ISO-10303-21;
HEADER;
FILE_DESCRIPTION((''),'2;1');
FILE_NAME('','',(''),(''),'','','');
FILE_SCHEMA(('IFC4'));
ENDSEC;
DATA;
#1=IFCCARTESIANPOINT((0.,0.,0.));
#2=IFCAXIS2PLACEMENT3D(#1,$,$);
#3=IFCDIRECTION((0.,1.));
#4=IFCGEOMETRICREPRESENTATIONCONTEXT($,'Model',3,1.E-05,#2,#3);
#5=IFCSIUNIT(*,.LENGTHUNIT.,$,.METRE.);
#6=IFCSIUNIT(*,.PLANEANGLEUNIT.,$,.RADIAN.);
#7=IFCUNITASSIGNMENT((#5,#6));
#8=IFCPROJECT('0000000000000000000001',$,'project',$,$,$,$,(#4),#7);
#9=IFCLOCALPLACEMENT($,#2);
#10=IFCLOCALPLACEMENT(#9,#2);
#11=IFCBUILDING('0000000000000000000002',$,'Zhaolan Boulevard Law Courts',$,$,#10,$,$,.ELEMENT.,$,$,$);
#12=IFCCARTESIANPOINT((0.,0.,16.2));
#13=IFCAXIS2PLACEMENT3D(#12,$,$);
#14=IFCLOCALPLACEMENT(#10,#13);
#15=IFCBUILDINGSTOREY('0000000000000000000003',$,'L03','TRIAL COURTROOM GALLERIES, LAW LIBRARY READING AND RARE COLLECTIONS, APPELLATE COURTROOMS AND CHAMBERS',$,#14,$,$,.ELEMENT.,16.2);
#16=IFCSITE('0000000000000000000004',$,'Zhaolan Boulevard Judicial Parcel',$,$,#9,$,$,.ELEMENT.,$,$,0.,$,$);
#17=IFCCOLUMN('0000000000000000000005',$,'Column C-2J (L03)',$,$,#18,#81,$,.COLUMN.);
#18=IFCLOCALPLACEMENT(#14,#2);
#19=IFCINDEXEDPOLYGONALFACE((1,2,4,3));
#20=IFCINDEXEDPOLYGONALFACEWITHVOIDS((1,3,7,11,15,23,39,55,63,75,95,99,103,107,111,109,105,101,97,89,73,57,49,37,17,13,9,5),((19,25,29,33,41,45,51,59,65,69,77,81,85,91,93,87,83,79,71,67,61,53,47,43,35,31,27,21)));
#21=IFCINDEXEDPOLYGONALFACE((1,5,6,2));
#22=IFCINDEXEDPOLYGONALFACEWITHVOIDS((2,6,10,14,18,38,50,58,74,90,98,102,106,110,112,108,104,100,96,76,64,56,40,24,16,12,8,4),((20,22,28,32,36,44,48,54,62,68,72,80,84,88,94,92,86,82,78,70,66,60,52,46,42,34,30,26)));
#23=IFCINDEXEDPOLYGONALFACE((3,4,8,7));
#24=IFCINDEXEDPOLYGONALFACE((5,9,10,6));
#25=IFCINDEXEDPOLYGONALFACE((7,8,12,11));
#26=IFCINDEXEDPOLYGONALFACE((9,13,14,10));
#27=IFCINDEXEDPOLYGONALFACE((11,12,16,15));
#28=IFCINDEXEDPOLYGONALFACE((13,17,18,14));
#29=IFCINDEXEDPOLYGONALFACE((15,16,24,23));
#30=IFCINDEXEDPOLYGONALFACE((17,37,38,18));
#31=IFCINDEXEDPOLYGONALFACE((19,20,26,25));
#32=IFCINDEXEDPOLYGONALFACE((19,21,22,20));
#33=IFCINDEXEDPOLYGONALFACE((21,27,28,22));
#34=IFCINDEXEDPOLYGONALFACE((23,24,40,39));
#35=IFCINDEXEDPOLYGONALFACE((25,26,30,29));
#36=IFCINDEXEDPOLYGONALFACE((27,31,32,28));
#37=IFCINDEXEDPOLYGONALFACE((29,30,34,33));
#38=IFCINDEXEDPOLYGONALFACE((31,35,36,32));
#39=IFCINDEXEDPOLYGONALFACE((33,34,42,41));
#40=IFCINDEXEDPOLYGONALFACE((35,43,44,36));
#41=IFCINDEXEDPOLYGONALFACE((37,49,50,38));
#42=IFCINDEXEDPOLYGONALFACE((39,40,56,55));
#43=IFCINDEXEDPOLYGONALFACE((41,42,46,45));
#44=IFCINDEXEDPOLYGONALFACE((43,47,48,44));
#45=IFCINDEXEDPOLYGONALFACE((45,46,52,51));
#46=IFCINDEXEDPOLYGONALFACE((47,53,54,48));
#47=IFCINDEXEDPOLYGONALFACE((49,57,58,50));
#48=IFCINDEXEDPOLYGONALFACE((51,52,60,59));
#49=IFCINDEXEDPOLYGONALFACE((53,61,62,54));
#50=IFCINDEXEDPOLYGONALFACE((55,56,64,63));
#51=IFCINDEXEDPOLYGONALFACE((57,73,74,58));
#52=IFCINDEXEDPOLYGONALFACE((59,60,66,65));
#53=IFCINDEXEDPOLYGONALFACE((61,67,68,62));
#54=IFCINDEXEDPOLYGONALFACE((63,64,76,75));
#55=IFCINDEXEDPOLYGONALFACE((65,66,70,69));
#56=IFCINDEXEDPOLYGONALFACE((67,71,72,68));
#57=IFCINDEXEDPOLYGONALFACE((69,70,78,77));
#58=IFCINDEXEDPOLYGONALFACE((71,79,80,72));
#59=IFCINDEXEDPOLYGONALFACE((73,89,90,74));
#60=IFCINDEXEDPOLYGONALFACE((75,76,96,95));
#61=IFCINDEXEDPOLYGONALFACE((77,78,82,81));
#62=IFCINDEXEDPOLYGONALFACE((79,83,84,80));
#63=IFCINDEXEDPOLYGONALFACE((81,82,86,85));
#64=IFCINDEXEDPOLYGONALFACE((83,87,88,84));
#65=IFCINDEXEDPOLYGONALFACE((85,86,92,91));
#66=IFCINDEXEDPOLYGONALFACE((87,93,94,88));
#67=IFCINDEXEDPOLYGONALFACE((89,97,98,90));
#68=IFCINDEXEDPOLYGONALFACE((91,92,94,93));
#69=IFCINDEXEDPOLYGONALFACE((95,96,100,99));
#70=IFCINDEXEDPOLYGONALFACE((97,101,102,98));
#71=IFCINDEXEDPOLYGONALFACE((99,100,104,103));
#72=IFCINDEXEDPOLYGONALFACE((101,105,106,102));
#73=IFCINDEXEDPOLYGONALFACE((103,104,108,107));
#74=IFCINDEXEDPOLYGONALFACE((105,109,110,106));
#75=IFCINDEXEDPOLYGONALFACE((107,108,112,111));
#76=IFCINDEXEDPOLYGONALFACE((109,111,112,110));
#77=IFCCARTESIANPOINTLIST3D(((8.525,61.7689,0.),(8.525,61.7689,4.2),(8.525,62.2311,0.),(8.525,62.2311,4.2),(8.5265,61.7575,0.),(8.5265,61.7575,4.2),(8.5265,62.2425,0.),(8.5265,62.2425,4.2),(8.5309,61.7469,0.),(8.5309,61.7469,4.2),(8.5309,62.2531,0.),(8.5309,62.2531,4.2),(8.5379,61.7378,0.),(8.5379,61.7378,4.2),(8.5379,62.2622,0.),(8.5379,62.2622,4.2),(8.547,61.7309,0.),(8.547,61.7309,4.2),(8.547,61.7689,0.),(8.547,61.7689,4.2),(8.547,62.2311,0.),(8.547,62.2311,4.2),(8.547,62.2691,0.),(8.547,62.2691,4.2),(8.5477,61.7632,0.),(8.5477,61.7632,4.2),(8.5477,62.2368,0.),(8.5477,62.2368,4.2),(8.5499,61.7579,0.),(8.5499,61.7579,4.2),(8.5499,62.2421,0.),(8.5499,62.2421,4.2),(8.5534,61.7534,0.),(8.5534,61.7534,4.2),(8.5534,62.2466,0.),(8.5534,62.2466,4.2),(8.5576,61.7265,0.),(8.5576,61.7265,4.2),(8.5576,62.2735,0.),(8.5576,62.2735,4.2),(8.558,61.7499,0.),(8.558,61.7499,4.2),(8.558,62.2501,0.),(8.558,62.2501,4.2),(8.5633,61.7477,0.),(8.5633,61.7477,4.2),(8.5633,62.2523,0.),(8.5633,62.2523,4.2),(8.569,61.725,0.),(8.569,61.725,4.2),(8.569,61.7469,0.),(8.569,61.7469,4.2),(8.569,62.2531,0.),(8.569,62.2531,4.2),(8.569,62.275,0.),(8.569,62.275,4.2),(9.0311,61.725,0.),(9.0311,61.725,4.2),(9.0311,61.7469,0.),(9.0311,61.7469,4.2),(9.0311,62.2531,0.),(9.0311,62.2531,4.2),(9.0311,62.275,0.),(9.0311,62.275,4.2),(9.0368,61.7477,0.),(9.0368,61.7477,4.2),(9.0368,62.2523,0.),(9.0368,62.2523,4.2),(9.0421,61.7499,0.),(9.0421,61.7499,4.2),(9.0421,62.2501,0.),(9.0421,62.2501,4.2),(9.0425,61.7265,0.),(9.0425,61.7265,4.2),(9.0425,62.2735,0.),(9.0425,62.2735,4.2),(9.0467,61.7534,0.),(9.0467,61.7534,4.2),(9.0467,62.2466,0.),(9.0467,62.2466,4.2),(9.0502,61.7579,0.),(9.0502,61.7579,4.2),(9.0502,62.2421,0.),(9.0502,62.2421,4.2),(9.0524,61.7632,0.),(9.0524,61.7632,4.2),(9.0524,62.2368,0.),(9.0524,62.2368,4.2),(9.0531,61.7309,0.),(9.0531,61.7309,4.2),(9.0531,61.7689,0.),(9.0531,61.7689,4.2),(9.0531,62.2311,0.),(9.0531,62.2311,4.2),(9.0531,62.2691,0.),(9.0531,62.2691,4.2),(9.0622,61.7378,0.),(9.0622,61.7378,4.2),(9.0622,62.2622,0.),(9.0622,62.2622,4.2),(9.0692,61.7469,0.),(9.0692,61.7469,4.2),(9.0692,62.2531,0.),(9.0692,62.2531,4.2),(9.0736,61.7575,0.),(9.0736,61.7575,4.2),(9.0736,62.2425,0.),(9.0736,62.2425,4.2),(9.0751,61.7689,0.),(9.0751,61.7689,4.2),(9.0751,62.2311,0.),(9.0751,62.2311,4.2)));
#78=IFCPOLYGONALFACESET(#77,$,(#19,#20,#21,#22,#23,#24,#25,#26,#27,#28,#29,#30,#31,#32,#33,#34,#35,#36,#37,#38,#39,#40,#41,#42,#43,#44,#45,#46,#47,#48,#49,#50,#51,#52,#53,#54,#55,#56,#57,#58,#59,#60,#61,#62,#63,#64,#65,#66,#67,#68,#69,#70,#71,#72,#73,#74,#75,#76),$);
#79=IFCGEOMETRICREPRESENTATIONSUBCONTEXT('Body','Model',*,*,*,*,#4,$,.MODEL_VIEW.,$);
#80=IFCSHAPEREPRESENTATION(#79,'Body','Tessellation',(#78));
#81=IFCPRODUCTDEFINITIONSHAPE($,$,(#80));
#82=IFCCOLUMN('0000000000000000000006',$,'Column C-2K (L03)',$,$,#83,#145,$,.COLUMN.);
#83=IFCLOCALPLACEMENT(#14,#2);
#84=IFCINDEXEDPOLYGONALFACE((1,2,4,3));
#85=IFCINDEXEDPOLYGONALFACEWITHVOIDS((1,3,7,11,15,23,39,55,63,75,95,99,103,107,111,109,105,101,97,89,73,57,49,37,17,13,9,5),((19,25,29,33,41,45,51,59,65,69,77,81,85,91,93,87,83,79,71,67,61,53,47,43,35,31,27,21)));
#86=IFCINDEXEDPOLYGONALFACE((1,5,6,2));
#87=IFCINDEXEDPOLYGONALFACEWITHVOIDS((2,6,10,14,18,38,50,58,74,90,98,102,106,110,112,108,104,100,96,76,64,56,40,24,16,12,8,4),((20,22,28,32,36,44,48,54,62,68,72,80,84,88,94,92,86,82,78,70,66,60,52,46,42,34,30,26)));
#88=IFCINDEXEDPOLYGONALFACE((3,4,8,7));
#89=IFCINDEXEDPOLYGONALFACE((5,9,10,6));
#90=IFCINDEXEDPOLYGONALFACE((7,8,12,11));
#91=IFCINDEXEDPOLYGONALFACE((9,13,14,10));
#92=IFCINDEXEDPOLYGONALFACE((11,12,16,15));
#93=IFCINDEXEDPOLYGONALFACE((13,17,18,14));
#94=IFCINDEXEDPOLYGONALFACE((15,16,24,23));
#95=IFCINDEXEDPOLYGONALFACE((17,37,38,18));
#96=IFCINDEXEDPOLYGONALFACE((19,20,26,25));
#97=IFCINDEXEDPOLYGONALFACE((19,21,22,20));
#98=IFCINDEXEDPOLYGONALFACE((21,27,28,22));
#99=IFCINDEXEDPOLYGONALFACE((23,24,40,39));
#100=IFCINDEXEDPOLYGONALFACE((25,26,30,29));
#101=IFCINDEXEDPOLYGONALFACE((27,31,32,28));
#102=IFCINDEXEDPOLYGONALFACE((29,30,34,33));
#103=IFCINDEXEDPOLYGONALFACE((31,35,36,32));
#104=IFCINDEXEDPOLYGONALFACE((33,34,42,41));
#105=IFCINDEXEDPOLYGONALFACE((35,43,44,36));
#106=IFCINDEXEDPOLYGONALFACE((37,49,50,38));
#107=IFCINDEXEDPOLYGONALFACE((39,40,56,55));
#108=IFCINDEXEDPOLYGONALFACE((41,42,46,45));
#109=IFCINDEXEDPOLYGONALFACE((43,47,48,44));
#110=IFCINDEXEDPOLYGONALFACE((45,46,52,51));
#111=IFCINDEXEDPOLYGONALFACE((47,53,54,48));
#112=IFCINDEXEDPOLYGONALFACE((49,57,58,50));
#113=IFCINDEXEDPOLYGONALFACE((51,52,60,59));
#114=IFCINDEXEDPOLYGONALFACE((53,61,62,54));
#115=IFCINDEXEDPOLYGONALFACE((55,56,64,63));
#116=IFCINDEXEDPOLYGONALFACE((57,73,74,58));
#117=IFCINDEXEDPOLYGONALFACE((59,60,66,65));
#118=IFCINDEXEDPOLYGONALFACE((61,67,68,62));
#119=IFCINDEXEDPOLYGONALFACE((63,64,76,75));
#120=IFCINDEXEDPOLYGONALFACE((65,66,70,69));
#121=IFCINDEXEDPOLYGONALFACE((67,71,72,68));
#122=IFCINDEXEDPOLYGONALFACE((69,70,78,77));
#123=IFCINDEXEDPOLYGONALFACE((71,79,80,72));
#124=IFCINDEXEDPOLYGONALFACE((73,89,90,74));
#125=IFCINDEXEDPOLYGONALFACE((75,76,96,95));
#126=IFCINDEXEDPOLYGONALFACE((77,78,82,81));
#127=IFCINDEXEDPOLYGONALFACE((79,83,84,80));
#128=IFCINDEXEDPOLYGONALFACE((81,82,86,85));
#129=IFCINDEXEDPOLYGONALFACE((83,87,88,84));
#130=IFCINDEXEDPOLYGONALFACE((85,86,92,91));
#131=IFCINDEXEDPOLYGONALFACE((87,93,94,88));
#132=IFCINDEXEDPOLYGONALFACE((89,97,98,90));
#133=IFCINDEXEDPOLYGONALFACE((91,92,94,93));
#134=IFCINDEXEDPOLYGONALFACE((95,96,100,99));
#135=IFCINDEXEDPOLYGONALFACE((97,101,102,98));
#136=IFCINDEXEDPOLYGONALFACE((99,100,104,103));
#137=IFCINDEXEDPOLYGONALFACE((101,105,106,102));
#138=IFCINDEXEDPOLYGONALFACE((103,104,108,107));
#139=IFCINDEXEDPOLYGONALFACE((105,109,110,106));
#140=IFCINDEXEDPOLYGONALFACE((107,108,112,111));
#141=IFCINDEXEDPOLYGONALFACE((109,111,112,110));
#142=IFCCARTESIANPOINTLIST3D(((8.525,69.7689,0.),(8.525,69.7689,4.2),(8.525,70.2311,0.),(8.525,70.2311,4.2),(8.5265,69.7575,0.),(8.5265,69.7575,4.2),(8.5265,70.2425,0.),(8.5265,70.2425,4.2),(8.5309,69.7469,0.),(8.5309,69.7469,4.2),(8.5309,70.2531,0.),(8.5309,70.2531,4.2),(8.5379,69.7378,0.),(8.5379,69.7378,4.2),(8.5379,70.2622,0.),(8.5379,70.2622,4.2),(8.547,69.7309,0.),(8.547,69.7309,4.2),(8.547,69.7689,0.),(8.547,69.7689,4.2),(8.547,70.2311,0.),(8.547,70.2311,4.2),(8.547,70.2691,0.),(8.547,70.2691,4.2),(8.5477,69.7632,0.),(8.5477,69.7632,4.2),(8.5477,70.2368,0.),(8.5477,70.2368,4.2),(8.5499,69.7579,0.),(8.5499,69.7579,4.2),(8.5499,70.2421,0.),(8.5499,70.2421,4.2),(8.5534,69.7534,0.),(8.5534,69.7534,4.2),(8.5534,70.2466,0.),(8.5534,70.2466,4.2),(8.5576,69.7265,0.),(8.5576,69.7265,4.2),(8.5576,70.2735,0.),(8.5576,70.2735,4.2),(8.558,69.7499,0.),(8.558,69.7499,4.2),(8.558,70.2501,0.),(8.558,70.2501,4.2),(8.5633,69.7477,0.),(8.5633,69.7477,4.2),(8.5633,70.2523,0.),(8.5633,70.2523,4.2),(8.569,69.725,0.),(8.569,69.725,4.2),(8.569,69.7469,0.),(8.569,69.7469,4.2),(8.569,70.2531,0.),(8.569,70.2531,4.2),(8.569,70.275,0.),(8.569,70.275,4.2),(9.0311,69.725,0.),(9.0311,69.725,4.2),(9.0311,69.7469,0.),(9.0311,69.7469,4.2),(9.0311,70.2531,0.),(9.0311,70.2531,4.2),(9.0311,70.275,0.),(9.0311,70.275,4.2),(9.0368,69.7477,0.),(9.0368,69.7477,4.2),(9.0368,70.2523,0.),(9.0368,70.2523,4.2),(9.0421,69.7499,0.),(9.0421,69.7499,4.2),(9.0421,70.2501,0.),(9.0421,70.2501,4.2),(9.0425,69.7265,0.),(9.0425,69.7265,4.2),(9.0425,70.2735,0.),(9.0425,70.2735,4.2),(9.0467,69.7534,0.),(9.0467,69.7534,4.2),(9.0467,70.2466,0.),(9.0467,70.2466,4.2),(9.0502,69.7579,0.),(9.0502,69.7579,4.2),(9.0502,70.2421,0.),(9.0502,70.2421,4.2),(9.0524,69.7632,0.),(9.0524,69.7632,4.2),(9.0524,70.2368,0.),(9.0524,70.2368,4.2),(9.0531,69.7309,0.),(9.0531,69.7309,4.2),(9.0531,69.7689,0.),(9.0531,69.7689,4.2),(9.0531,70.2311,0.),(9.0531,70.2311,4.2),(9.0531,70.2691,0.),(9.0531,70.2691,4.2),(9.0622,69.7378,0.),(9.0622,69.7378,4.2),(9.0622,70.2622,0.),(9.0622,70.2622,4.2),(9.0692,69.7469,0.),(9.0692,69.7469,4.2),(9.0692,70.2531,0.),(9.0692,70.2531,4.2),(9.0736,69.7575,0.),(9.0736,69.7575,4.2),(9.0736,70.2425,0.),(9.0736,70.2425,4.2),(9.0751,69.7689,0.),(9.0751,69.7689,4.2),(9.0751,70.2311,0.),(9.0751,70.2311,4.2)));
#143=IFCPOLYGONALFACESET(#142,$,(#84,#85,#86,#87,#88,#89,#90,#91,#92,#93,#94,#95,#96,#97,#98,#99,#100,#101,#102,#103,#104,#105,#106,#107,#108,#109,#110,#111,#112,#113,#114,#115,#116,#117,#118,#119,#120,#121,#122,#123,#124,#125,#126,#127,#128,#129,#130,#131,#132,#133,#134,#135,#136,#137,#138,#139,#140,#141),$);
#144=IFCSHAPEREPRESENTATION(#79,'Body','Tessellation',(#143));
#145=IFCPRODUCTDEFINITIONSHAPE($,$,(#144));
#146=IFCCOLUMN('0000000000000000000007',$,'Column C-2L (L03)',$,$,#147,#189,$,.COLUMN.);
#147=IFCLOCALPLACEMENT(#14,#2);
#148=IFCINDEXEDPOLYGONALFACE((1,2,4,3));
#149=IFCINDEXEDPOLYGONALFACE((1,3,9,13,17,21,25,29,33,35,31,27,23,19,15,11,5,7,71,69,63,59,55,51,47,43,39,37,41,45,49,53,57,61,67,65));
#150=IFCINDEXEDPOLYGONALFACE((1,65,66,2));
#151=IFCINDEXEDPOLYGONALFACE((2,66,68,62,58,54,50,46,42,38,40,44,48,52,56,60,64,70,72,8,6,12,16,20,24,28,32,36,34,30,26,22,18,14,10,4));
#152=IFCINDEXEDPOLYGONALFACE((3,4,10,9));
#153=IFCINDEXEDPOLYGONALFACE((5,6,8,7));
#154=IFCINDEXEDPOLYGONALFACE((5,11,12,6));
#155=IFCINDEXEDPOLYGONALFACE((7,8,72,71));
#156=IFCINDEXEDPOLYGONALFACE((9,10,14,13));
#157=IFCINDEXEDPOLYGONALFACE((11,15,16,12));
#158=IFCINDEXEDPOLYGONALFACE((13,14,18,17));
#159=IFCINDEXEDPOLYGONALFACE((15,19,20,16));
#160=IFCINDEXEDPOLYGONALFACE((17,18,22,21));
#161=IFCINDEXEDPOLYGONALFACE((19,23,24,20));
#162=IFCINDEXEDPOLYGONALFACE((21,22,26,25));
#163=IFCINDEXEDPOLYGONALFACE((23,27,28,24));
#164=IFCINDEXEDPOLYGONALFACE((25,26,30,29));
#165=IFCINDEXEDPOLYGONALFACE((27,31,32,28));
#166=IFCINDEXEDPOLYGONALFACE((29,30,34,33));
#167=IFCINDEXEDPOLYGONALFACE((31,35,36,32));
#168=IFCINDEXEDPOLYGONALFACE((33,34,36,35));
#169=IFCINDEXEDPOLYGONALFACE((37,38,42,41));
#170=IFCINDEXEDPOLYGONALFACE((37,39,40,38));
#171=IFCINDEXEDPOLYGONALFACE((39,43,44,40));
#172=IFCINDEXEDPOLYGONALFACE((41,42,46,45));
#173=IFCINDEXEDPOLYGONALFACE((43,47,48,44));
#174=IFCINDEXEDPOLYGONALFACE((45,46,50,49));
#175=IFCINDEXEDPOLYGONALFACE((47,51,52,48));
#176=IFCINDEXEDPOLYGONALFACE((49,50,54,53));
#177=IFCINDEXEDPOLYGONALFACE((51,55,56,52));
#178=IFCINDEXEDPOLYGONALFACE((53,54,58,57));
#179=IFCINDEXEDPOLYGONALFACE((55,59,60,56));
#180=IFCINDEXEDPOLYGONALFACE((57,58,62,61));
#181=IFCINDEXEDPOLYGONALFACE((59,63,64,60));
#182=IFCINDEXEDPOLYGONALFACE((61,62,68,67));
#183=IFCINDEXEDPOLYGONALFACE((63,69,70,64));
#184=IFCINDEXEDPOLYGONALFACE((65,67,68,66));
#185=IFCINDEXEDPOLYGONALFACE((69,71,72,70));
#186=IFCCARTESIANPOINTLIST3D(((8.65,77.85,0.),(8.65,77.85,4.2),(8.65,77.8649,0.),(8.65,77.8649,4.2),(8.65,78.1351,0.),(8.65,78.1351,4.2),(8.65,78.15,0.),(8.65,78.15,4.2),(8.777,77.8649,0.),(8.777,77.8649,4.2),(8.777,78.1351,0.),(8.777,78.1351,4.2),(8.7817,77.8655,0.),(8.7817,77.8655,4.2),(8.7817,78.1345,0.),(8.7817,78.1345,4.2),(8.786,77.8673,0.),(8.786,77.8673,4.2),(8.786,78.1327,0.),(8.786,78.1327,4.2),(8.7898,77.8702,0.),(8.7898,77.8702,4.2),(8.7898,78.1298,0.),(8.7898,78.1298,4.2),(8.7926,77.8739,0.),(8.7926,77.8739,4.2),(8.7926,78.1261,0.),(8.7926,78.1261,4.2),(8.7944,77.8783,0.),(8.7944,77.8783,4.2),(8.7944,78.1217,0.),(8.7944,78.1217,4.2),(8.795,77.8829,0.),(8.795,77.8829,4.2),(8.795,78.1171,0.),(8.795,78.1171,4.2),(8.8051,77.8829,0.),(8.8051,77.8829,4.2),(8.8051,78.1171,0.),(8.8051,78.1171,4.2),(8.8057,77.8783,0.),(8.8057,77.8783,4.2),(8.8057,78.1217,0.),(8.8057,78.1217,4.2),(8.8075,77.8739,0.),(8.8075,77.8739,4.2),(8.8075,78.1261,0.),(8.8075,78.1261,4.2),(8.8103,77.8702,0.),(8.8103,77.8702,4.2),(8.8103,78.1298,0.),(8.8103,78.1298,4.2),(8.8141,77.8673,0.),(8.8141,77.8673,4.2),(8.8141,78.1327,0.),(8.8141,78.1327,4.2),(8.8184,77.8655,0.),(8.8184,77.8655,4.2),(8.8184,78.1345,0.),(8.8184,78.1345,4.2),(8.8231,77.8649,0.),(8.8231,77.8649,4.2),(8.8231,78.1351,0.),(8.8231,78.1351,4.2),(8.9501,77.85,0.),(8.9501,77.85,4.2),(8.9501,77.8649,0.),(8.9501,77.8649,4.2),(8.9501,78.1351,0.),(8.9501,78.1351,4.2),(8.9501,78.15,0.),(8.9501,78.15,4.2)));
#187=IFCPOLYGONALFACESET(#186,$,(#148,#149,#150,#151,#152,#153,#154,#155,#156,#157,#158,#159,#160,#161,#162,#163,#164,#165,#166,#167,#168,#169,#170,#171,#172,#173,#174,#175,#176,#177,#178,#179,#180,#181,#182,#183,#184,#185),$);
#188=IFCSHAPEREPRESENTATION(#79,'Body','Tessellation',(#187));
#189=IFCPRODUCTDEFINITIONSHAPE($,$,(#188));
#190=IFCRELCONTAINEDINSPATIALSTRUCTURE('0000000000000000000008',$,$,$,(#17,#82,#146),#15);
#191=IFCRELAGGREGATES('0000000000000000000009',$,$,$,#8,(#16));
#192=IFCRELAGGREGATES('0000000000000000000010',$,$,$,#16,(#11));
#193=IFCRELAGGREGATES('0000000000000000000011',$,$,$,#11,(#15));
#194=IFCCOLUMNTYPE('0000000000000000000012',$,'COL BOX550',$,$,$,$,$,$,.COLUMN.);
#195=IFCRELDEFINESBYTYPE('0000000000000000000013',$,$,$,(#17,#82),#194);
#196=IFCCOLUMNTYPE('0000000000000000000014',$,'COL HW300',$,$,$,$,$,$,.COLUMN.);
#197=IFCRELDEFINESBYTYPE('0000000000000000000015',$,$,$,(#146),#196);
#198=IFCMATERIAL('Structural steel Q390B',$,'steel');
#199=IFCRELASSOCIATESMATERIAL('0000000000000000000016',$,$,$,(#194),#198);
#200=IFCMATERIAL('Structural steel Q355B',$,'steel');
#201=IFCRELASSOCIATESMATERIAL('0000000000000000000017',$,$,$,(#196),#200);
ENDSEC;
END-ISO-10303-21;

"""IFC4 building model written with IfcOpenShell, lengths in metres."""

from ifc_helpers import new_model, si_unit, direction, frame, origin, origin_2d, place, context, subcontext, project, spatial, hollow_rectangle, i_section, extrude, material, material_profile, profile_set, type_object, element, save


model = new_model("IFC4")

# Units and contexts
model_context = context("Model", 3, precision=1e-05, world=origin(), true_north=direction((0.0, 1.0)))
body_context = subcontext(model_context, "Body", "Model", "MODEL_VIEW")
ifc_project = project(units=[si_unit("LENGTHUNIT", "METRE"), si_unit("PLANEANGLEUNIT", "RADIAN")], contexts=[model_context])

# Site, building, storey
site_placement = place(None, origin())
site = spatial("IfcSite", under=ifc_project, at=site_placement, Name="Zhaolan Boulevard Judicial Parcel", CompositionType="ELEMENT", RefElevation=0.0)
building_placement = place(site_placement, origin())
building = spatial("IfcBuilding", under=site, at=building_placement, Name="Zhaolan Boulevard Law Courts", CompositionType="ELEMENT")
storey_placement = place(building_placement, frame((0.0, 0.0, 16.2)))
storey = spatial("IfcBuildingStorey", under=building, at=storey_placement, Name="L03", Description="TRIAL COURTROOM GALLERIES, LAW LIBRARY READING AND RARE COLLECTIONS, APPELLATE COURTROOMS AND CHAMBERS", CompositionType="ELEMENT", Elevation=16.2)

# Columns
ifc_material_1 = material(Name="Structural steel Q390B", Category="steel")
ifc_material_profile_1 = material_profile(ifc_material_1, hollow_rectangle(XDim=0.55, YDim=0.55, WallThickness=0.022, InnerFilletRadius=0.022, OuterFilletRadius=0.0439, at=origin_2d()), Name="BOX550x550x22")
ifc_profile_set_1 = profile_set([ifc_material_profile_1], Name="Structural steel Q390B")
column_type_1 = type_object("IfcColumnType", Name="COL BOX550", PredefinedType="COLUMN", material=ifc_profile_set_1)
for number, where, z_axis, x_axis, name in (
    (1, (8.8, 62.0, 0.0), (0.0, 0.0, 1.0), (1.0, 0.0, 0.0), "Column C-2J (L03)"),
    (2, (8.8, 70.0, 0.0), (0.0, 0.0, 1.0), (1.0, 0.0, 0.0), "Column C-2K (L03)"),
):
    element("IfcColumn", number, at=place(storey_placement, frame(where, z_axis=z_axis, x_axis=x_axis)), inside=storey, type_object=column_type_1, Name=name, PredefinedType="COLUMN", context=body_context, shape_type="SweptSolid", body=[
        extrude(hollow_rectangle(XDim=0.55, YDim=0.55, WallThickness=0.022, InnerFilletRadius=0.022, OuterFilletRadius=0.0439, at=origin_2d()), origin(), (0.0, 0.0, 1.0), 4.2),
    ])
ifc_material_2 = material(Name="Structural steel Q355B", Category="steel")
ifc_material_profile_2 = material_profile(ifc_material_2, i_section(OverallWidth=0.3, OverallDepth=0.3, WebThickness=0.01, FlangeThickness=0.0149, FilletRadius=0.0181, at=origin_2d()), Name="HW300x300")
ifc_profile_set_2 = profile_set([ifc_material_profile_2], Name="Structural steel Q355B")
column_type_2 = type_object("IfcColumnType", Name="COL HW300", PredefinedType="COLUMN", material=ifc_profile_set_2)
column_placement = place(storey_placement, frame((8.8, 78.0, 0.0), z_axis=(0.0, 0.0, 1.0), x_axis=(1.0, 0.0, 0.0)))
element("IfcColumn", 3, at=column_placement, inside=storey, type_object=column_type_2, Name="Column C-2L (L03)", PredefinedType="COLUMN", context=body_context, shape_type="SweptSolid", body=[
    extrude(i_section(OverallWidth=0.3, OverallDepth=0.3, WebThickness=0.01, FlangeThickness=0.0149, FilletRadius=0.0181, at=origin_2d()), origin(), (0.0, 0.0, 1.0), 4.2),
])

save(model, "model.ifc")
